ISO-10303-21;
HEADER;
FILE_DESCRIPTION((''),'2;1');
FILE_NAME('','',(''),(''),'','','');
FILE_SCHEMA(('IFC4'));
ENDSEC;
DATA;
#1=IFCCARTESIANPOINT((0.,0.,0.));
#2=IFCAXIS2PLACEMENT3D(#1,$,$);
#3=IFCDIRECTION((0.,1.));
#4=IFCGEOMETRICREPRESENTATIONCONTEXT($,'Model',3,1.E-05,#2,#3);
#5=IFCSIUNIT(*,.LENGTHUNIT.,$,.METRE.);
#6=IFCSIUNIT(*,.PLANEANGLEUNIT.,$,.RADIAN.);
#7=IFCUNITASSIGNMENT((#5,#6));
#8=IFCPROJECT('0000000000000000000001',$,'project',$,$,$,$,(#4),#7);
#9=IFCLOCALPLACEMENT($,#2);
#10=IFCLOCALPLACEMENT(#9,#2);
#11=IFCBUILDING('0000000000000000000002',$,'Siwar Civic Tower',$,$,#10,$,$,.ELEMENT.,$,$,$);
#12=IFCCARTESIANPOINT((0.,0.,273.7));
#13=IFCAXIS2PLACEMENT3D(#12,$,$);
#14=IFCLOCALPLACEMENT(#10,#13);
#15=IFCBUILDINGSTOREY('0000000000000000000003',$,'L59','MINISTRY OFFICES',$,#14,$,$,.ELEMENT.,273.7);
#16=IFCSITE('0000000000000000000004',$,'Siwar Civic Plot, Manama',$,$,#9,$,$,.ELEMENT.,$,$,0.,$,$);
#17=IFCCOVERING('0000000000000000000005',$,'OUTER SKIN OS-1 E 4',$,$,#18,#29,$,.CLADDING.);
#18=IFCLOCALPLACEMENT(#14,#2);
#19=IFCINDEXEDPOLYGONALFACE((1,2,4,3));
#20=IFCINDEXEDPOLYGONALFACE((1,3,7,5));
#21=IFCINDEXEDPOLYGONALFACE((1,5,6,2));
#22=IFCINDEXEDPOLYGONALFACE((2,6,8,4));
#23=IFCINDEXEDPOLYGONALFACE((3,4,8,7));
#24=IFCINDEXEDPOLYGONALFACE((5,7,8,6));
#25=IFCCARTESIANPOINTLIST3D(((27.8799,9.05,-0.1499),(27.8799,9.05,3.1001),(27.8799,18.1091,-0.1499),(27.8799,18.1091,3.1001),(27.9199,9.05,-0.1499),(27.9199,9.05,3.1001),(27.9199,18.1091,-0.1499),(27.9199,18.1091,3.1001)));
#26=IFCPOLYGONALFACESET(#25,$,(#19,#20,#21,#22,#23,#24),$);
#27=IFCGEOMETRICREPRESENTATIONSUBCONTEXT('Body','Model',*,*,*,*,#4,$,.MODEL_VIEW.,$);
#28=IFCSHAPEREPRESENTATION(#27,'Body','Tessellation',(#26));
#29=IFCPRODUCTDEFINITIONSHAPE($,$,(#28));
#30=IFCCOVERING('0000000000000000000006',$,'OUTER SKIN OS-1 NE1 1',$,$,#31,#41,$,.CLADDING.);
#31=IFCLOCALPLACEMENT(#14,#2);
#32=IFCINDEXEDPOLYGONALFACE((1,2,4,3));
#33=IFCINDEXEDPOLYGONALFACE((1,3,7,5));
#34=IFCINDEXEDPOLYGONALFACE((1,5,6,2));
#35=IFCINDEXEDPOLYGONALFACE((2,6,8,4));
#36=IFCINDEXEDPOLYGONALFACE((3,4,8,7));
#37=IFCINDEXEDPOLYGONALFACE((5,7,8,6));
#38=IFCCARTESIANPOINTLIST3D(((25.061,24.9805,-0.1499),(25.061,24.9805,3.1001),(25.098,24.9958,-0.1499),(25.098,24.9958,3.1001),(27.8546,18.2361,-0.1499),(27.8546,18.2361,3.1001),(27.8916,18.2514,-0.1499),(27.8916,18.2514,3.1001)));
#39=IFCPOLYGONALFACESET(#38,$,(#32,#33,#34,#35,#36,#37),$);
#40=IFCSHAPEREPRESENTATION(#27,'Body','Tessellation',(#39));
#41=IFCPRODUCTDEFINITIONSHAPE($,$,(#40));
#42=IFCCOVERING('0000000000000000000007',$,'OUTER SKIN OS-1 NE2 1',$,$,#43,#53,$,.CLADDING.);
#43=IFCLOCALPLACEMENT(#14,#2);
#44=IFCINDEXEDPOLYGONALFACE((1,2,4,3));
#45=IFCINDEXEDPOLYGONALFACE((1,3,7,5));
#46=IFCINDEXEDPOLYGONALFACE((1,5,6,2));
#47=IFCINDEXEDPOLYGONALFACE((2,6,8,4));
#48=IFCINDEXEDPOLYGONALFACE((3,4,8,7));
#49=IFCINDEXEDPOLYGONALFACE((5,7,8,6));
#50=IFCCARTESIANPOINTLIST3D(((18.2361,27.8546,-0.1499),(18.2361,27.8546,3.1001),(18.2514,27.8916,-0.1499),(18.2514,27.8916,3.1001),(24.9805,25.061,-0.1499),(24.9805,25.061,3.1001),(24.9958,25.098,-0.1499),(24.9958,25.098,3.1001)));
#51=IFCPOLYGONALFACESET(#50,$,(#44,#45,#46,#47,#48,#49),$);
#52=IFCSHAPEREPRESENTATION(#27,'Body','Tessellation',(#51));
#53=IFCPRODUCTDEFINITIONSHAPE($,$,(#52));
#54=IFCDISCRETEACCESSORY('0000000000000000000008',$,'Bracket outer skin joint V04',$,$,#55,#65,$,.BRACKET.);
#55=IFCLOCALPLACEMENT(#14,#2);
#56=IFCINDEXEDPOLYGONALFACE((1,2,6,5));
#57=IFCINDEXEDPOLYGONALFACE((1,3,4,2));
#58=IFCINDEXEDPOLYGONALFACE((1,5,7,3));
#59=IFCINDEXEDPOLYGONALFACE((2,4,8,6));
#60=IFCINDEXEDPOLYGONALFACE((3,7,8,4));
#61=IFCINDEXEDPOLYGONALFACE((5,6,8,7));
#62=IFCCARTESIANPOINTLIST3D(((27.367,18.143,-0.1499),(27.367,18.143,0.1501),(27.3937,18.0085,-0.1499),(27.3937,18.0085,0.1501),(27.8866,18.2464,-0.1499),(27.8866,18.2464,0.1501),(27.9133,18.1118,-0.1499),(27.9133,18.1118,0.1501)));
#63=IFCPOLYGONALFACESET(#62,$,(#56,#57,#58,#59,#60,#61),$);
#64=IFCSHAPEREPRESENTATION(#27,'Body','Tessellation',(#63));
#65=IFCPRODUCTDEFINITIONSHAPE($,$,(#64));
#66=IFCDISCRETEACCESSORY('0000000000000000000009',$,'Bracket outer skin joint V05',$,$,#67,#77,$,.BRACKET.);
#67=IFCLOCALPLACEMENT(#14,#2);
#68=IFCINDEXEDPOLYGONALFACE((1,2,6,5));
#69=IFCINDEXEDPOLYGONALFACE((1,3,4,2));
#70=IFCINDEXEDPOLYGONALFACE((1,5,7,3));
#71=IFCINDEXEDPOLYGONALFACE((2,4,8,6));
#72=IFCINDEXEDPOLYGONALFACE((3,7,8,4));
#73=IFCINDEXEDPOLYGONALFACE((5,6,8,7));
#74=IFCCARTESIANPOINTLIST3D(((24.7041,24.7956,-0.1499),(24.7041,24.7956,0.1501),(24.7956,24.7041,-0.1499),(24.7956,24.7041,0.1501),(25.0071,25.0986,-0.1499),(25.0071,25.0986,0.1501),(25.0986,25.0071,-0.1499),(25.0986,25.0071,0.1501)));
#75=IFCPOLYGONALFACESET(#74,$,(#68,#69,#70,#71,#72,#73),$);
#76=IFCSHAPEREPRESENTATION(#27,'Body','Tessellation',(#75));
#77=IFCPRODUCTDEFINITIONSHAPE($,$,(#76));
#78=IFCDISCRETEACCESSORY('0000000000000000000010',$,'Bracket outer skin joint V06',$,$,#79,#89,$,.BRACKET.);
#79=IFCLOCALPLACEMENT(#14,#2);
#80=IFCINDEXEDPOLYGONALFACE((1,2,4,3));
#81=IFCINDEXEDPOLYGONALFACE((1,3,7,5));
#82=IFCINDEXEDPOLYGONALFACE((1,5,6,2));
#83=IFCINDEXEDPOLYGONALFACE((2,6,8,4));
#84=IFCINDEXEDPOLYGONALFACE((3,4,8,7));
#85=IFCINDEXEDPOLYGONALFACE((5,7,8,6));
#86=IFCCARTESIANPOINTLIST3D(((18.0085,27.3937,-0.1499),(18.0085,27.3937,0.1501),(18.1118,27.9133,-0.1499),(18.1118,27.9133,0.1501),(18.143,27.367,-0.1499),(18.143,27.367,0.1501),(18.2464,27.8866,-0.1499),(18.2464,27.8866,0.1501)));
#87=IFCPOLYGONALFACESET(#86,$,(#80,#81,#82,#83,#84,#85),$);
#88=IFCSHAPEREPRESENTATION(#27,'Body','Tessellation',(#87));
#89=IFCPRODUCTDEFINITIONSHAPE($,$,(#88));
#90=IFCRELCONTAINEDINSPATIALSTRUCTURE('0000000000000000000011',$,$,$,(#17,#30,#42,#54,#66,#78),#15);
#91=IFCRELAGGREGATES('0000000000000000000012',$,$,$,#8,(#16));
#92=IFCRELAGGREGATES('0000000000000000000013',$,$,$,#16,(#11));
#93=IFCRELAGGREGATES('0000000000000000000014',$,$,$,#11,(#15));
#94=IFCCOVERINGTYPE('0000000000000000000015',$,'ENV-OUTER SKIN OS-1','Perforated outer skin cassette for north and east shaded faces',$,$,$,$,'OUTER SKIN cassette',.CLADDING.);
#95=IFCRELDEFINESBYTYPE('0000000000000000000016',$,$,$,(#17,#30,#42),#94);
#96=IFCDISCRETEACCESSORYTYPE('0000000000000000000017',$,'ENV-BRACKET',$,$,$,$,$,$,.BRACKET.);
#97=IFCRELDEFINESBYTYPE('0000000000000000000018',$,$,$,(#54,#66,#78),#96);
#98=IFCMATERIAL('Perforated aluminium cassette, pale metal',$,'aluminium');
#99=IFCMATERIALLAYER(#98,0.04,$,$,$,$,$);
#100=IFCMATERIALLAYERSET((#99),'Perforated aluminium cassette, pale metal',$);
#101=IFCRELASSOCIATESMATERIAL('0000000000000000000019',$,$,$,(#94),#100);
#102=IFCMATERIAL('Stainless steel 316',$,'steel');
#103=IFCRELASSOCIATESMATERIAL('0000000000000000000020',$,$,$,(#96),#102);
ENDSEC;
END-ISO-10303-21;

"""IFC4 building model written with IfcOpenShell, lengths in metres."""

from ifc_helpers import new_model, si_unit, direction, frame, origin, origin_2d, place, context, subcontext, project, spatial, rectangle, extrude, material, layer, layer_set, type_object, element, save


model = new_model("IFC4")

# Units and contexts
model_context = context("Model", 3, precision=1e-05, world=origin(), true_north=direction((0.0, 1.0)))
body_context = subcontext(model_context, "Body", "Model", "MODEL_VIEW")
ifc_project = project(units=[si_unit("LENGTHUNIT", "METRE"), si_unit("PLANEANGLEUNIT", "RADIAN")], contexts=[model_context])

# Site, building, storey
site_placement = place(None, origin())
site = spatial("IfcSite", under=ifc_project, at=site_placement, Name="Siwar Civic Plot, Manama", CompositionType="ELEMENT", RefElevation=0.0)
building_placement = place(site_placement, origin())
building = spatial("IfcBuilding", under=site, at=building_placement, Name="Siwar Civic Tower", CompositionType="ELEMENT")
storey_placement = place(building_placement, frame((0.0, 0.0, 273.7)))
storey = spatial("IfcBuildingStorey", under=building, at=storey_placement, Name="L59", Description="MINISTRY OFFICES", CompositionType="ELEMENT", Elevation=273.7)

# Coverings
ifc_material_1 = material(Name="Perforated aluminium cassette, pale metal", Category="aluminium")
ifc_layer_1 = layer(ifc_material_1, 0.04)
ifc_layer_set_1 = layer_set([ifc_layer_1], Name="Perforated aluminium cassette, pale metal")
covering_type = type_object("IfcCoveringType", Name="ENV-OUTER SKIN OS-1", Description="Perforated outer skin cassette for north and east shaded faces", ElementType="OUTER SKIN cassette", PredefinedType="CLADDING", material=ifc_layer_set_1)
covering_placement = place(storey_placement, frame((27.8999, 13.5796, -0.1499), z_axis=(0.0, 0.0, 1.0), x_axis=(0.0, 1.0, 0.0)))
element("IfcCovering", 1, at=covering_placement, inside=storey, type_object=covering_type, Name="OUTER SKIN OS-1 E 4", PredefinedType="CLADDING", context=body_context, shape_type="SweptSolid", body=[
    extrude(rectangle(XDim=9.0591, YDim=0.04, at=origin_2d()), origin(), (0.0, 0.0, 1.0), 3.25),
])
for number, where, z_axis, x_axis, name in (
    (2, (26.4763, 21.616, -0.1499), (0.0, 0.0, 1.0), (-0.382683, 0.92388, 0.0), "OUTER SKIN OS-1 NE1 1"),
    (3, (21.616, 26.4763, -0.1499), (0.0, 0.0, 1.0), (-0.92388, 0.382683, 0.0), "OUTER SKIN OS-1 NE2 1"),
):
    element("IfcCovering", number, at=place(storey_placement, frame(where, z_axis=z_axis, x_axis=x_axis)), inside=storey, type_object=covering_type, Name=name, PredefinedType="CLADDING", context=body_context, shape_type="SweptSolid", body=[
        extrude(rectangle(XDim=7.3, YDim=0.04, at=origin_2d()), origin(), (0.0, 0.0, 1.0), 3.25),
    ])

# Discrete accessories
ifc_material_2 = material(Name="Stainless steel 316", Category="steel")
discrete_accessory_type = type_object("IfcDiscreteAccessoryType", Name="ENV-BRACKET", PredefinedType="BRACKET", material=ifc_material_2)
discrete_accessory_1_placement = place(storey_placement, frame((27.6401, 18.1274, -0.1499), z_axis=(0.0, 0.0, 1.0), x_axis=(0.980785, 0.19509, 0.0)))
element("IfcDiscreteAccessory", 4, at=discrete_accessory_1_placement, inside=storey, type_object=discrete_accessory_type, Name="Bracket outer skin joint V04", PredefinedType="BRACKET", context=body_context, shape_type="SweptSolid", body=[
    extrude(rectangle(XDim=0.5298, YDim=0.1372, at=origin_2d()), origin(), (0.0, 0.0, 1.0), 0.3),
])
discrete_accessory_2_placement = place(storey_placement, frame((24.9014, 24.9014, -0.1499), z_axis=(0.0, 0.0, 1.0), x_axis=(0.707107, 0.707107, 0.0)))
element("IfcDiscreteAccessory", 5, at=discrete_accessory_2_placement, inside=storey, type_object=discrete_accessory_type, Name="Bracket outer skin joint V05", PredefinedType="BRACKET", context=body_context, shape_type="SweptSolid", body=[
    extrude(rectangle(XDim=0.4285, YDim=0.1294, at=origin_2d()), origin(), (0.0, 0.0, 1.0), 0.3),
])
discrete_accessory_3_placement = place(storey_placement, frame((18.1274, 27.6401, -0.1499), z_axis=(0.0, 0.0, 1.0), x_axis=(0.19509, 0.980785, 0.0)))
element("IfcDiscreteAccessory", 6, at=discrete_accessory_3_placement, inside=storey, type_object=discrete_accessory_type, Name="Bracket outer skin joint V06", PredefinedType="BRACKET", context=body_context, shape_type="SweptSolid", body=[
    extrude(rectangle(XDim=0.5298, YDim=0.1372, at=origin_2d()), origin(), (0.0, 0.0, 1.0), 0.3),
])

save(model, "model.ifc")
